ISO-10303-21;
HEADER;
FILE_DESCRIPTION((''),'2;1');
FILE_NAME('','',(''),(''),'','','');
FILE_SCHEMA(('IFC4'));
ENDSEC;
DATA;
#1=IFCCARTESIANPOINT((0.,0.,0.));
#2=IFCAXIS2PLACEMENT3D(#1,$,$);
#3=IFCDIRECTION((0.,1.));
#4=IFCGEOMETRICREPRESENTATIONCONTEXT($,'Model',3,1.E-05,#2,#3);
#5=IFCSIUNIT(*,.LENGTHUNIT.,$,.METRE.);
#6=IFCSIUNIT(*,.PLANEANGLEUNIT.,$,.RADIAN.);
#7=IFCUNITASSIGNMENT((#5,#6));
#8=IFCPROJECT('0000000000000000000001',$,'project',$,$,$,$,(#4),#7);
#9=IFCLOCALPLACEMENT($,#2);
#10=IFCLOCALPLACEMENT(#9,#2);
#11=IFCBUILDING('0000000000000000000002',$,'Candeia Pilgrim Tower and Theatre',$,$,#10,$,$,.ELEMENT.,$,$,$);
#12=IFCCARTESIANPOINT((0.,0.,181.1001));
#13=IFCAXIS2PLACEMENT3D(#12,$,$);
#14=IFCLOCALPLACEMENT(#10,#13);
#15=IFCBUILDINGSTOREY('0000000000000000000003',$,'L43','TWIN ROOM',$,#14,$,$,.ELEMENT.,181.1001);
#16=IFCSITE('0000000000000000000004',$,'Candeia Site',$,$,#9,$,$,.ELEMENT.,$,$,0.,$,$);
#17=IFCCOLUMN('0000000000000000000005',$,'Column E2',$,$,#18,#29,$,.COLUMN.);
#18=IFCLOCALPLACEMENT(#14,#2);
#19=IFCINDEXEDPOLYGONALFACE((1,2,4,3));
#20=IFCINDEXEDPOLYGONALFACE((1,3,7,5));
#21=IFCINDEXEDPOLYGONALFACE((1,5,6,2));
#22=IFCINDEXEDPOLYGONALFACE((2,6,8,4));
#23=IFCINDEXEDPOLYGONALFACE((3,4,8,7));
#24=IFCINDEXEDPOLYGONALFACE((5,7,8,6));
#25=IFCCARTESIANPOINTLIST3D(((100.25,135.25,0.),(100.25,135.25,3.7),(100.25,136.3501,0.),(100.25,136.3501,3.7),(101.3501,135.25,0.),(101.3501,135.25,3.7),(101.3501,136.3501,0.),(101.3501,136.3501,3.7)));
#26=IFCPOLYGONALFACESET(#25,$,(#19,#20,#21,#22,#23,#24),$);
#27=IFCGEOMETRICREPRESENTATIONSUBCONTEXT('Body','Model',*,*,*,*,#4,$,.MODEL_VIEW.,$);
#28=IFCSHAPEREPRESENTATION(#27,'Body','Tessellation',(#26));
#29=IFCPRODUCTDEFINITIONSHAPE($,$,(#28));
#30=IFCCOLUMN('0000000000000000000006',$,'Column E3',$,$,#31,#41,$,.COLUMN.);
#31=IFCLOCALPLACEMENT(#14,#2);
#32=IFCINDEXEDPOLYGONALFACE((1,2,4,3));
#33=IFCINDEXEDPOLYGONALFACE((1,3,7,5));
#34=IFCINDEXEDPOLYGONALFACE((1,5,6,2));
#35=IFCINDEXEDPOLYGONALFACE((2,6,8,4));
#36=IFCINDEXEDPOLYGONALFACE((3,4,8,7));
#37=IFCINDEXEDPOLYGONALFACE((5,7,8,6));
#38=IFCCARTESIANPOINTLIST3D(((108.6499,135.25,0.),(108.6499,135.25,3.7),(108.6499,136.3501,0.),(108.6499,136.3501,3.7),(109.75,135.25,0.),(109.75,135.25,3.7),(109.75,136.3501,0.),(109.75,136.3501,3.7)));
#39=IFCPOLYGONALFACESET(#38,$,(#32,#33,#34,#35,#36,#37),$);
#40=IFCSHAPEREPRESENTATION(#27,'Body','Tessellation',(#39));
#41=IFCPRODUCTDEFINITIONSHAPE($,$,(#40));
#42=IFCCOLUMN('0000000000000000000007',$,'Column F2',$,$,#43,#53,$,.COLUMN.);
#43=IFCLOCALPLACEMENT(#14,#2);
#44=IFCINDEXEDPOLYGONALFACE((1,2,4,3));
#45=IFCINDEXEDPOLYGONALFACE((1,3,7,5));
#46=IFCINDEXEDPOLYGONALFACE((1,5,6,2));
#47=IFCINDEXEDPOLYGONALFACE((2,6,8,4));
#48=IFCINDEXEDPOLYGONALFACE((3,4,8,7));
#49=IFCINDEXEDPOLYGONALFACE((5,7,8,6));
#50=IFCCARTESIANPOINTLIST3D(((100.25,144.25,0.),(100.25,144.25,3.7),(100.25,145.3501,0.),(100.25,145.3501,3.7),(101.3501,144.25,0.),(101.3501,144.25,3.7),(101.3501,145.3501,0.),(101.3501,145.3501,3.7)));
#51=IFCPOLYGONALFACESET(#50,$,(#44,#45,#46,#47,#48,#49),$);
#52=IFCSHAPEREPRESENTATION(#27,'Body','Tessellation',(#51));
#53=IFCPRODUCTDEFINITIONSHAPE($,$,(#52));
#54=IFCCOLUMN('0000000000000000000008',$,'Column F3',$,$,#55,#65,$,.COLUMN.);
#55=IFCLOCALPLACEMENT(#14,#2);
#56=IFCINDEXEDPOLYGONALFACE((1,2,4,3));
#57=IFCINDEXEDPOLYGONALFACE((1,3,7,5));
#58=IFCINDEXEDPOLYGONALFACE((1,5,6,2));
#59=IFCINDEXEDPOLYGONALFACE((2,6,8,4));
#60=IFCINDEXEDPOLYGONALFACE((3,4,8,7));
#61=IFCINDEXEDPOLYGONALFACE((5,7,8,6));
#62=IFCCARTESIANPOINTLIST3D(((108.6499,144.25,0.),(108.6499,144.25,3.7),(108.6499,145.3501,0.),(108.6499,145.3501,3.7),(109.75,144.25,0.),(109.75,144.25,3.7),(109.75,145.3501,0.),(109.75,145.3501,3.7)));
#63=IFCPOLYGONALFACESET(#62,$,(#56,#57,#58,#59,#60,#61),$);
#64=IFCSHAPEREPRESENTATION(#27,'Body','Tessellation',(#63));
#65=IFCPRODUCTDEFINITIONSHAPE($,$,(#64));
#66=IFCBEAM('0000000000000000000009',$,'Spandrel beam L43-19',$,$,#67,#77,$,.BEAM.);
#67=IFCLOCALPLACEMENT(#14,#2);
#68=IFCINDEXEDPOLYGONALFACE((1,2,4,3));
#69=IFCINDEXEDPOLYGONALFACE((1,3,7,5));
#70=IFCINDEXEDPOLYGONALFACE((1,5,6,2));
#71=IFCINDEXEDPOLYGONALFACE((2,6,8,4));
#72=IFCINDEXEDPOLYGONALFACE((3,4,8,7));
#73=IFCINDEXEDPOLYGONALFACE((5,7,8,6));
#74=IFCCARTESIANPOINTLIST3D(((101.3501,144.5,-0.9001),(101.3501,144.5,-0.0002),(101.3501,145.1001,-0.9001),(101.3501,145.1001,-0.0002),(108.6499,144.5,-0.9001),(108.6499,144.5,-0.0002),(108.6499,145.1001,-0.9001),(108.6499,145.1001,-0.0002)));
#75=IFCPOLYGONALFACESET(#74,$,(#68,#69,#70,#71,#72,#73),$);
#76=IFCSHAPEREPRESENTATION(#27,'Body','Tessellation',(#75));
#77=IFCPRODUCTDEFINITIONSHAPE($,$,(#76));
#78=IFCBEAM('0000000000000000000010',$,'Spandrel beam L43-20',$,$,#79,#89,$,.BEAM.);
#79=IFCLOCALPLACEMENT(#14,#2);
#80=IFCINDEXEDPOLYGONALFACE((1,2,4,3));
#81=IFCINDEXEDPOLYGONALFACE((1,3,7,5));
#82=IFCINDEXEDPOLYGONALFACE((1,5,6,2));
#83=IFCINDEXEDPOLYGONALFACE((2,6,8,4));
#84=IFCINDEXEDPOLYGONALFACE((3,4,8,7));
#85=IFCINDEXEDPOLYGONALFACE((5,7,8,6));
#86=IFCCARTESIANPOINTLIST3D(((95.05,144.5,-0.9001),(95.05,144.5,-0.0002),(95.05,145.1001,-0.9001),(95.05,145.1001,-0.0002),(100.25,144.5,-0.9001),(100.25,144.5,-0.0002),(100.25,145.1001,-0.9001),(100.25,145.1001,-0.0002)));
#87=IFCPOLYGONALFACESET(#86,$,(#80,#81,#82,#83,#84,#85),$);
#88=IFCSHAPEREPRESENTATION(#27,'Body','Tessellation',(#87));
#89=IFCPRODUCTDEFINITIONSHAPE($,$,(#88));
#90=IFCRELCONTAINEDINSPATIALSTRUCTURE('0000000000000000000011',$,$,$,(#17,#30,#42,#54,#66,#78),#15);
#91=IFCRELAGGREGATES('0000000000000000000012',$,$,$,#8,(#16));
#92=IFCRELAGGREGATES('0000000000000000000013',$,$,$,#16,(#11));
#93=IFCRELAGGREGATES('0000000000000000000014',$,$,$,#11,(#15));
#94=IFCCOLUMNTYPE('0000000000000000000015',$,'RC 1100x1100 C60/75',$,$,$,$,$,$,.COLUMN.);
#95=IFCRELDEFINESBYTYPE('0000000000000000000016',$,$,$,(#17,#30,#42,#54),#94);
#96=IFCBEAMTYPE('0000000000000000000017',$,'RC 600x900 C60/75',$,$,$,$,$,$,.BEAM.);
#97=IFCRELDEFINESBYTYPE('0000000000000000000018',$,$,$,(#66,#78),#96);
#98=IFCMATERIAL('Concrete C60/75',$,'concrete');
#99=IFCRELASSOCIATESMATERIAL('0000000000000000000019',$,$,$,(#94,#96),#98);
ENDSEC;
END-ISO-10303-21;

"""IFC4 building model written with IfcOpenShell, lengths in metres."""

from ifc_helpers import new_model, si_unit, direction, frame, origin, origin_2d, place, context, subcontext, project, spatial, rectangle, extrude, material, material_profile, profile_set, type_object, element, save


model = new_model("IFC4")

# Units and contexts
model_context = context("Model", 3, precision=1e-05, world=origin(), true_north=direction((0.0, 1.0)))
body_context = subcontext(model_context, "Body", "Model", "MODEL_VIEW")
ifc_project = project(units=[si_unit("LENGTHUNIT", "METRE"), si_unit("PLANEANGLEUNIT", "RADIAN")], contexts=[model_context])

# Site, building, storey
site_placement = place(None, origin())
site = spatial("IfcSite", under=ifc_project, at=site_placement, Name="Candeia Site", CompositionType="ELEMENT", RefElevation=0.0)
building_placement = place(site_placement, origin())
building = spatial("IfcBuilding", under=site, at=building_placement, Name="Candeia Pilgrim Tower and Theatre", CompositionType="ELEMENT")
storey_placement = place(building_placement, frame((0.0, 0.0, 181.1001)))
storey = spatial("IfcBuildingStorey", under=building, at=storey_placement, Name="L43", Description="TWIN ROOM", CompositionType="ELEMENT", Elevation=181.1001)

# Columns
ifc_material_1 = material(Name="Concrete C60/75", Category="concrete")
ifc_material_profile_1 = material_profile(ifc_material_1, rectangle(XDim=1.1001, YDim=1.1001, at=origin_2d()))
ifc_profile_set_1 = profile_set([ifc_material_profile_1], Name="Concrete C60/75")
column_type = type_object("IfcColumnType", Name="RC 1100x1100 C60/75", PredefinedType="COLUMN", material=ifc_profile_set_1)
for number, where, z_axis, x_axis, name in (
    (1, (100.8, 135.8, 0.0), (0.0, 0.0, 1.0), (1.0, 0.0, 0.0), "Column E2"),
    (2, (109.2, 135.8, 0.0), (0.0, 0.0, 1.0), (1.0, 0.0, 0.0), "Column E3"),
    (3, (100.8, 144.8, 0.0), (0.0, 0.0, 1.0), (1.0, 0.0, 0.0), "Column F2"),
    (4, (109.2, 144.8, 0.0), (0.0, 0.0, 1.0), (1.0, 0.0, 0.0), "Column F3"),
):
    element("IfcColumn", number, at=place(storey_placement, frame(where, z_axis=z_axis, x_axis=x_axis)), inside=storey, type_object=column_type, Name=name, PredefinedType="COLUMN", context=body_context, shape_type="SweptSolid", body=[
        extrude(rectangle(XDim=1.1001, YDim=1.1001, at=origin_2d()), origin(), (0.0, 0.0, 1.0), 3.7),
    ])

# Beams
ifc_material_profile_2 = material_profile(ifc_material_1, rectangle(XDim=0.6001, YDim=0.8999, at=origin_2d()))
ifc_profile_set_2 = profile_set([ifc_material_profile_2], Name="Concrete C60/75")
beam_type = type_object("IfcBeamType", Name="RC 600x900 C60/75", PredefinedType="BEAM", material=ifc_profile_set_2)
beam_1_placement = place(storey_placement, frame((108.6499, 144.8, -0.4502), z_axis=(-1.0, 0.0, 0.0), x_axis=(0.0, -1.0, 0.0)))
element("IfcBeam", 5, at=beam_1_placement, inside=storey, type_object=beam_type, Name="Spandrel beam L43-19", PredefinedType="BEAM", context=body_context, shape_type="SweptSolid", body=[
    extrude(rectangle(XDim=0.6001, YDim=0.8999, at=origin_2d()), origin(), (0.0, 0.0, 1.0), 7.2998),
])
beam_2_placement = place(storey_placement, frame((100.25, 144.8, -0.4502), z_axis=(-1.0, 0.0, 0.0), x_axis=(0.0, -1.0, 0.0)))
element("IfcBeam", 6, at=beam_2_placement, inside=storey, type_object=beam_type, Name="Spandrel beam L43-20", PredefinedType="BEAM", context=body_context, shape_type="SweptSolid", body=[
    extrude(rectangle(XDim=0.6001, YDim=0.8999, at=origin_2d()), origin(), (0.0, 0.0, 1.0), 5.2),
])

save(model, "model.ifc")
